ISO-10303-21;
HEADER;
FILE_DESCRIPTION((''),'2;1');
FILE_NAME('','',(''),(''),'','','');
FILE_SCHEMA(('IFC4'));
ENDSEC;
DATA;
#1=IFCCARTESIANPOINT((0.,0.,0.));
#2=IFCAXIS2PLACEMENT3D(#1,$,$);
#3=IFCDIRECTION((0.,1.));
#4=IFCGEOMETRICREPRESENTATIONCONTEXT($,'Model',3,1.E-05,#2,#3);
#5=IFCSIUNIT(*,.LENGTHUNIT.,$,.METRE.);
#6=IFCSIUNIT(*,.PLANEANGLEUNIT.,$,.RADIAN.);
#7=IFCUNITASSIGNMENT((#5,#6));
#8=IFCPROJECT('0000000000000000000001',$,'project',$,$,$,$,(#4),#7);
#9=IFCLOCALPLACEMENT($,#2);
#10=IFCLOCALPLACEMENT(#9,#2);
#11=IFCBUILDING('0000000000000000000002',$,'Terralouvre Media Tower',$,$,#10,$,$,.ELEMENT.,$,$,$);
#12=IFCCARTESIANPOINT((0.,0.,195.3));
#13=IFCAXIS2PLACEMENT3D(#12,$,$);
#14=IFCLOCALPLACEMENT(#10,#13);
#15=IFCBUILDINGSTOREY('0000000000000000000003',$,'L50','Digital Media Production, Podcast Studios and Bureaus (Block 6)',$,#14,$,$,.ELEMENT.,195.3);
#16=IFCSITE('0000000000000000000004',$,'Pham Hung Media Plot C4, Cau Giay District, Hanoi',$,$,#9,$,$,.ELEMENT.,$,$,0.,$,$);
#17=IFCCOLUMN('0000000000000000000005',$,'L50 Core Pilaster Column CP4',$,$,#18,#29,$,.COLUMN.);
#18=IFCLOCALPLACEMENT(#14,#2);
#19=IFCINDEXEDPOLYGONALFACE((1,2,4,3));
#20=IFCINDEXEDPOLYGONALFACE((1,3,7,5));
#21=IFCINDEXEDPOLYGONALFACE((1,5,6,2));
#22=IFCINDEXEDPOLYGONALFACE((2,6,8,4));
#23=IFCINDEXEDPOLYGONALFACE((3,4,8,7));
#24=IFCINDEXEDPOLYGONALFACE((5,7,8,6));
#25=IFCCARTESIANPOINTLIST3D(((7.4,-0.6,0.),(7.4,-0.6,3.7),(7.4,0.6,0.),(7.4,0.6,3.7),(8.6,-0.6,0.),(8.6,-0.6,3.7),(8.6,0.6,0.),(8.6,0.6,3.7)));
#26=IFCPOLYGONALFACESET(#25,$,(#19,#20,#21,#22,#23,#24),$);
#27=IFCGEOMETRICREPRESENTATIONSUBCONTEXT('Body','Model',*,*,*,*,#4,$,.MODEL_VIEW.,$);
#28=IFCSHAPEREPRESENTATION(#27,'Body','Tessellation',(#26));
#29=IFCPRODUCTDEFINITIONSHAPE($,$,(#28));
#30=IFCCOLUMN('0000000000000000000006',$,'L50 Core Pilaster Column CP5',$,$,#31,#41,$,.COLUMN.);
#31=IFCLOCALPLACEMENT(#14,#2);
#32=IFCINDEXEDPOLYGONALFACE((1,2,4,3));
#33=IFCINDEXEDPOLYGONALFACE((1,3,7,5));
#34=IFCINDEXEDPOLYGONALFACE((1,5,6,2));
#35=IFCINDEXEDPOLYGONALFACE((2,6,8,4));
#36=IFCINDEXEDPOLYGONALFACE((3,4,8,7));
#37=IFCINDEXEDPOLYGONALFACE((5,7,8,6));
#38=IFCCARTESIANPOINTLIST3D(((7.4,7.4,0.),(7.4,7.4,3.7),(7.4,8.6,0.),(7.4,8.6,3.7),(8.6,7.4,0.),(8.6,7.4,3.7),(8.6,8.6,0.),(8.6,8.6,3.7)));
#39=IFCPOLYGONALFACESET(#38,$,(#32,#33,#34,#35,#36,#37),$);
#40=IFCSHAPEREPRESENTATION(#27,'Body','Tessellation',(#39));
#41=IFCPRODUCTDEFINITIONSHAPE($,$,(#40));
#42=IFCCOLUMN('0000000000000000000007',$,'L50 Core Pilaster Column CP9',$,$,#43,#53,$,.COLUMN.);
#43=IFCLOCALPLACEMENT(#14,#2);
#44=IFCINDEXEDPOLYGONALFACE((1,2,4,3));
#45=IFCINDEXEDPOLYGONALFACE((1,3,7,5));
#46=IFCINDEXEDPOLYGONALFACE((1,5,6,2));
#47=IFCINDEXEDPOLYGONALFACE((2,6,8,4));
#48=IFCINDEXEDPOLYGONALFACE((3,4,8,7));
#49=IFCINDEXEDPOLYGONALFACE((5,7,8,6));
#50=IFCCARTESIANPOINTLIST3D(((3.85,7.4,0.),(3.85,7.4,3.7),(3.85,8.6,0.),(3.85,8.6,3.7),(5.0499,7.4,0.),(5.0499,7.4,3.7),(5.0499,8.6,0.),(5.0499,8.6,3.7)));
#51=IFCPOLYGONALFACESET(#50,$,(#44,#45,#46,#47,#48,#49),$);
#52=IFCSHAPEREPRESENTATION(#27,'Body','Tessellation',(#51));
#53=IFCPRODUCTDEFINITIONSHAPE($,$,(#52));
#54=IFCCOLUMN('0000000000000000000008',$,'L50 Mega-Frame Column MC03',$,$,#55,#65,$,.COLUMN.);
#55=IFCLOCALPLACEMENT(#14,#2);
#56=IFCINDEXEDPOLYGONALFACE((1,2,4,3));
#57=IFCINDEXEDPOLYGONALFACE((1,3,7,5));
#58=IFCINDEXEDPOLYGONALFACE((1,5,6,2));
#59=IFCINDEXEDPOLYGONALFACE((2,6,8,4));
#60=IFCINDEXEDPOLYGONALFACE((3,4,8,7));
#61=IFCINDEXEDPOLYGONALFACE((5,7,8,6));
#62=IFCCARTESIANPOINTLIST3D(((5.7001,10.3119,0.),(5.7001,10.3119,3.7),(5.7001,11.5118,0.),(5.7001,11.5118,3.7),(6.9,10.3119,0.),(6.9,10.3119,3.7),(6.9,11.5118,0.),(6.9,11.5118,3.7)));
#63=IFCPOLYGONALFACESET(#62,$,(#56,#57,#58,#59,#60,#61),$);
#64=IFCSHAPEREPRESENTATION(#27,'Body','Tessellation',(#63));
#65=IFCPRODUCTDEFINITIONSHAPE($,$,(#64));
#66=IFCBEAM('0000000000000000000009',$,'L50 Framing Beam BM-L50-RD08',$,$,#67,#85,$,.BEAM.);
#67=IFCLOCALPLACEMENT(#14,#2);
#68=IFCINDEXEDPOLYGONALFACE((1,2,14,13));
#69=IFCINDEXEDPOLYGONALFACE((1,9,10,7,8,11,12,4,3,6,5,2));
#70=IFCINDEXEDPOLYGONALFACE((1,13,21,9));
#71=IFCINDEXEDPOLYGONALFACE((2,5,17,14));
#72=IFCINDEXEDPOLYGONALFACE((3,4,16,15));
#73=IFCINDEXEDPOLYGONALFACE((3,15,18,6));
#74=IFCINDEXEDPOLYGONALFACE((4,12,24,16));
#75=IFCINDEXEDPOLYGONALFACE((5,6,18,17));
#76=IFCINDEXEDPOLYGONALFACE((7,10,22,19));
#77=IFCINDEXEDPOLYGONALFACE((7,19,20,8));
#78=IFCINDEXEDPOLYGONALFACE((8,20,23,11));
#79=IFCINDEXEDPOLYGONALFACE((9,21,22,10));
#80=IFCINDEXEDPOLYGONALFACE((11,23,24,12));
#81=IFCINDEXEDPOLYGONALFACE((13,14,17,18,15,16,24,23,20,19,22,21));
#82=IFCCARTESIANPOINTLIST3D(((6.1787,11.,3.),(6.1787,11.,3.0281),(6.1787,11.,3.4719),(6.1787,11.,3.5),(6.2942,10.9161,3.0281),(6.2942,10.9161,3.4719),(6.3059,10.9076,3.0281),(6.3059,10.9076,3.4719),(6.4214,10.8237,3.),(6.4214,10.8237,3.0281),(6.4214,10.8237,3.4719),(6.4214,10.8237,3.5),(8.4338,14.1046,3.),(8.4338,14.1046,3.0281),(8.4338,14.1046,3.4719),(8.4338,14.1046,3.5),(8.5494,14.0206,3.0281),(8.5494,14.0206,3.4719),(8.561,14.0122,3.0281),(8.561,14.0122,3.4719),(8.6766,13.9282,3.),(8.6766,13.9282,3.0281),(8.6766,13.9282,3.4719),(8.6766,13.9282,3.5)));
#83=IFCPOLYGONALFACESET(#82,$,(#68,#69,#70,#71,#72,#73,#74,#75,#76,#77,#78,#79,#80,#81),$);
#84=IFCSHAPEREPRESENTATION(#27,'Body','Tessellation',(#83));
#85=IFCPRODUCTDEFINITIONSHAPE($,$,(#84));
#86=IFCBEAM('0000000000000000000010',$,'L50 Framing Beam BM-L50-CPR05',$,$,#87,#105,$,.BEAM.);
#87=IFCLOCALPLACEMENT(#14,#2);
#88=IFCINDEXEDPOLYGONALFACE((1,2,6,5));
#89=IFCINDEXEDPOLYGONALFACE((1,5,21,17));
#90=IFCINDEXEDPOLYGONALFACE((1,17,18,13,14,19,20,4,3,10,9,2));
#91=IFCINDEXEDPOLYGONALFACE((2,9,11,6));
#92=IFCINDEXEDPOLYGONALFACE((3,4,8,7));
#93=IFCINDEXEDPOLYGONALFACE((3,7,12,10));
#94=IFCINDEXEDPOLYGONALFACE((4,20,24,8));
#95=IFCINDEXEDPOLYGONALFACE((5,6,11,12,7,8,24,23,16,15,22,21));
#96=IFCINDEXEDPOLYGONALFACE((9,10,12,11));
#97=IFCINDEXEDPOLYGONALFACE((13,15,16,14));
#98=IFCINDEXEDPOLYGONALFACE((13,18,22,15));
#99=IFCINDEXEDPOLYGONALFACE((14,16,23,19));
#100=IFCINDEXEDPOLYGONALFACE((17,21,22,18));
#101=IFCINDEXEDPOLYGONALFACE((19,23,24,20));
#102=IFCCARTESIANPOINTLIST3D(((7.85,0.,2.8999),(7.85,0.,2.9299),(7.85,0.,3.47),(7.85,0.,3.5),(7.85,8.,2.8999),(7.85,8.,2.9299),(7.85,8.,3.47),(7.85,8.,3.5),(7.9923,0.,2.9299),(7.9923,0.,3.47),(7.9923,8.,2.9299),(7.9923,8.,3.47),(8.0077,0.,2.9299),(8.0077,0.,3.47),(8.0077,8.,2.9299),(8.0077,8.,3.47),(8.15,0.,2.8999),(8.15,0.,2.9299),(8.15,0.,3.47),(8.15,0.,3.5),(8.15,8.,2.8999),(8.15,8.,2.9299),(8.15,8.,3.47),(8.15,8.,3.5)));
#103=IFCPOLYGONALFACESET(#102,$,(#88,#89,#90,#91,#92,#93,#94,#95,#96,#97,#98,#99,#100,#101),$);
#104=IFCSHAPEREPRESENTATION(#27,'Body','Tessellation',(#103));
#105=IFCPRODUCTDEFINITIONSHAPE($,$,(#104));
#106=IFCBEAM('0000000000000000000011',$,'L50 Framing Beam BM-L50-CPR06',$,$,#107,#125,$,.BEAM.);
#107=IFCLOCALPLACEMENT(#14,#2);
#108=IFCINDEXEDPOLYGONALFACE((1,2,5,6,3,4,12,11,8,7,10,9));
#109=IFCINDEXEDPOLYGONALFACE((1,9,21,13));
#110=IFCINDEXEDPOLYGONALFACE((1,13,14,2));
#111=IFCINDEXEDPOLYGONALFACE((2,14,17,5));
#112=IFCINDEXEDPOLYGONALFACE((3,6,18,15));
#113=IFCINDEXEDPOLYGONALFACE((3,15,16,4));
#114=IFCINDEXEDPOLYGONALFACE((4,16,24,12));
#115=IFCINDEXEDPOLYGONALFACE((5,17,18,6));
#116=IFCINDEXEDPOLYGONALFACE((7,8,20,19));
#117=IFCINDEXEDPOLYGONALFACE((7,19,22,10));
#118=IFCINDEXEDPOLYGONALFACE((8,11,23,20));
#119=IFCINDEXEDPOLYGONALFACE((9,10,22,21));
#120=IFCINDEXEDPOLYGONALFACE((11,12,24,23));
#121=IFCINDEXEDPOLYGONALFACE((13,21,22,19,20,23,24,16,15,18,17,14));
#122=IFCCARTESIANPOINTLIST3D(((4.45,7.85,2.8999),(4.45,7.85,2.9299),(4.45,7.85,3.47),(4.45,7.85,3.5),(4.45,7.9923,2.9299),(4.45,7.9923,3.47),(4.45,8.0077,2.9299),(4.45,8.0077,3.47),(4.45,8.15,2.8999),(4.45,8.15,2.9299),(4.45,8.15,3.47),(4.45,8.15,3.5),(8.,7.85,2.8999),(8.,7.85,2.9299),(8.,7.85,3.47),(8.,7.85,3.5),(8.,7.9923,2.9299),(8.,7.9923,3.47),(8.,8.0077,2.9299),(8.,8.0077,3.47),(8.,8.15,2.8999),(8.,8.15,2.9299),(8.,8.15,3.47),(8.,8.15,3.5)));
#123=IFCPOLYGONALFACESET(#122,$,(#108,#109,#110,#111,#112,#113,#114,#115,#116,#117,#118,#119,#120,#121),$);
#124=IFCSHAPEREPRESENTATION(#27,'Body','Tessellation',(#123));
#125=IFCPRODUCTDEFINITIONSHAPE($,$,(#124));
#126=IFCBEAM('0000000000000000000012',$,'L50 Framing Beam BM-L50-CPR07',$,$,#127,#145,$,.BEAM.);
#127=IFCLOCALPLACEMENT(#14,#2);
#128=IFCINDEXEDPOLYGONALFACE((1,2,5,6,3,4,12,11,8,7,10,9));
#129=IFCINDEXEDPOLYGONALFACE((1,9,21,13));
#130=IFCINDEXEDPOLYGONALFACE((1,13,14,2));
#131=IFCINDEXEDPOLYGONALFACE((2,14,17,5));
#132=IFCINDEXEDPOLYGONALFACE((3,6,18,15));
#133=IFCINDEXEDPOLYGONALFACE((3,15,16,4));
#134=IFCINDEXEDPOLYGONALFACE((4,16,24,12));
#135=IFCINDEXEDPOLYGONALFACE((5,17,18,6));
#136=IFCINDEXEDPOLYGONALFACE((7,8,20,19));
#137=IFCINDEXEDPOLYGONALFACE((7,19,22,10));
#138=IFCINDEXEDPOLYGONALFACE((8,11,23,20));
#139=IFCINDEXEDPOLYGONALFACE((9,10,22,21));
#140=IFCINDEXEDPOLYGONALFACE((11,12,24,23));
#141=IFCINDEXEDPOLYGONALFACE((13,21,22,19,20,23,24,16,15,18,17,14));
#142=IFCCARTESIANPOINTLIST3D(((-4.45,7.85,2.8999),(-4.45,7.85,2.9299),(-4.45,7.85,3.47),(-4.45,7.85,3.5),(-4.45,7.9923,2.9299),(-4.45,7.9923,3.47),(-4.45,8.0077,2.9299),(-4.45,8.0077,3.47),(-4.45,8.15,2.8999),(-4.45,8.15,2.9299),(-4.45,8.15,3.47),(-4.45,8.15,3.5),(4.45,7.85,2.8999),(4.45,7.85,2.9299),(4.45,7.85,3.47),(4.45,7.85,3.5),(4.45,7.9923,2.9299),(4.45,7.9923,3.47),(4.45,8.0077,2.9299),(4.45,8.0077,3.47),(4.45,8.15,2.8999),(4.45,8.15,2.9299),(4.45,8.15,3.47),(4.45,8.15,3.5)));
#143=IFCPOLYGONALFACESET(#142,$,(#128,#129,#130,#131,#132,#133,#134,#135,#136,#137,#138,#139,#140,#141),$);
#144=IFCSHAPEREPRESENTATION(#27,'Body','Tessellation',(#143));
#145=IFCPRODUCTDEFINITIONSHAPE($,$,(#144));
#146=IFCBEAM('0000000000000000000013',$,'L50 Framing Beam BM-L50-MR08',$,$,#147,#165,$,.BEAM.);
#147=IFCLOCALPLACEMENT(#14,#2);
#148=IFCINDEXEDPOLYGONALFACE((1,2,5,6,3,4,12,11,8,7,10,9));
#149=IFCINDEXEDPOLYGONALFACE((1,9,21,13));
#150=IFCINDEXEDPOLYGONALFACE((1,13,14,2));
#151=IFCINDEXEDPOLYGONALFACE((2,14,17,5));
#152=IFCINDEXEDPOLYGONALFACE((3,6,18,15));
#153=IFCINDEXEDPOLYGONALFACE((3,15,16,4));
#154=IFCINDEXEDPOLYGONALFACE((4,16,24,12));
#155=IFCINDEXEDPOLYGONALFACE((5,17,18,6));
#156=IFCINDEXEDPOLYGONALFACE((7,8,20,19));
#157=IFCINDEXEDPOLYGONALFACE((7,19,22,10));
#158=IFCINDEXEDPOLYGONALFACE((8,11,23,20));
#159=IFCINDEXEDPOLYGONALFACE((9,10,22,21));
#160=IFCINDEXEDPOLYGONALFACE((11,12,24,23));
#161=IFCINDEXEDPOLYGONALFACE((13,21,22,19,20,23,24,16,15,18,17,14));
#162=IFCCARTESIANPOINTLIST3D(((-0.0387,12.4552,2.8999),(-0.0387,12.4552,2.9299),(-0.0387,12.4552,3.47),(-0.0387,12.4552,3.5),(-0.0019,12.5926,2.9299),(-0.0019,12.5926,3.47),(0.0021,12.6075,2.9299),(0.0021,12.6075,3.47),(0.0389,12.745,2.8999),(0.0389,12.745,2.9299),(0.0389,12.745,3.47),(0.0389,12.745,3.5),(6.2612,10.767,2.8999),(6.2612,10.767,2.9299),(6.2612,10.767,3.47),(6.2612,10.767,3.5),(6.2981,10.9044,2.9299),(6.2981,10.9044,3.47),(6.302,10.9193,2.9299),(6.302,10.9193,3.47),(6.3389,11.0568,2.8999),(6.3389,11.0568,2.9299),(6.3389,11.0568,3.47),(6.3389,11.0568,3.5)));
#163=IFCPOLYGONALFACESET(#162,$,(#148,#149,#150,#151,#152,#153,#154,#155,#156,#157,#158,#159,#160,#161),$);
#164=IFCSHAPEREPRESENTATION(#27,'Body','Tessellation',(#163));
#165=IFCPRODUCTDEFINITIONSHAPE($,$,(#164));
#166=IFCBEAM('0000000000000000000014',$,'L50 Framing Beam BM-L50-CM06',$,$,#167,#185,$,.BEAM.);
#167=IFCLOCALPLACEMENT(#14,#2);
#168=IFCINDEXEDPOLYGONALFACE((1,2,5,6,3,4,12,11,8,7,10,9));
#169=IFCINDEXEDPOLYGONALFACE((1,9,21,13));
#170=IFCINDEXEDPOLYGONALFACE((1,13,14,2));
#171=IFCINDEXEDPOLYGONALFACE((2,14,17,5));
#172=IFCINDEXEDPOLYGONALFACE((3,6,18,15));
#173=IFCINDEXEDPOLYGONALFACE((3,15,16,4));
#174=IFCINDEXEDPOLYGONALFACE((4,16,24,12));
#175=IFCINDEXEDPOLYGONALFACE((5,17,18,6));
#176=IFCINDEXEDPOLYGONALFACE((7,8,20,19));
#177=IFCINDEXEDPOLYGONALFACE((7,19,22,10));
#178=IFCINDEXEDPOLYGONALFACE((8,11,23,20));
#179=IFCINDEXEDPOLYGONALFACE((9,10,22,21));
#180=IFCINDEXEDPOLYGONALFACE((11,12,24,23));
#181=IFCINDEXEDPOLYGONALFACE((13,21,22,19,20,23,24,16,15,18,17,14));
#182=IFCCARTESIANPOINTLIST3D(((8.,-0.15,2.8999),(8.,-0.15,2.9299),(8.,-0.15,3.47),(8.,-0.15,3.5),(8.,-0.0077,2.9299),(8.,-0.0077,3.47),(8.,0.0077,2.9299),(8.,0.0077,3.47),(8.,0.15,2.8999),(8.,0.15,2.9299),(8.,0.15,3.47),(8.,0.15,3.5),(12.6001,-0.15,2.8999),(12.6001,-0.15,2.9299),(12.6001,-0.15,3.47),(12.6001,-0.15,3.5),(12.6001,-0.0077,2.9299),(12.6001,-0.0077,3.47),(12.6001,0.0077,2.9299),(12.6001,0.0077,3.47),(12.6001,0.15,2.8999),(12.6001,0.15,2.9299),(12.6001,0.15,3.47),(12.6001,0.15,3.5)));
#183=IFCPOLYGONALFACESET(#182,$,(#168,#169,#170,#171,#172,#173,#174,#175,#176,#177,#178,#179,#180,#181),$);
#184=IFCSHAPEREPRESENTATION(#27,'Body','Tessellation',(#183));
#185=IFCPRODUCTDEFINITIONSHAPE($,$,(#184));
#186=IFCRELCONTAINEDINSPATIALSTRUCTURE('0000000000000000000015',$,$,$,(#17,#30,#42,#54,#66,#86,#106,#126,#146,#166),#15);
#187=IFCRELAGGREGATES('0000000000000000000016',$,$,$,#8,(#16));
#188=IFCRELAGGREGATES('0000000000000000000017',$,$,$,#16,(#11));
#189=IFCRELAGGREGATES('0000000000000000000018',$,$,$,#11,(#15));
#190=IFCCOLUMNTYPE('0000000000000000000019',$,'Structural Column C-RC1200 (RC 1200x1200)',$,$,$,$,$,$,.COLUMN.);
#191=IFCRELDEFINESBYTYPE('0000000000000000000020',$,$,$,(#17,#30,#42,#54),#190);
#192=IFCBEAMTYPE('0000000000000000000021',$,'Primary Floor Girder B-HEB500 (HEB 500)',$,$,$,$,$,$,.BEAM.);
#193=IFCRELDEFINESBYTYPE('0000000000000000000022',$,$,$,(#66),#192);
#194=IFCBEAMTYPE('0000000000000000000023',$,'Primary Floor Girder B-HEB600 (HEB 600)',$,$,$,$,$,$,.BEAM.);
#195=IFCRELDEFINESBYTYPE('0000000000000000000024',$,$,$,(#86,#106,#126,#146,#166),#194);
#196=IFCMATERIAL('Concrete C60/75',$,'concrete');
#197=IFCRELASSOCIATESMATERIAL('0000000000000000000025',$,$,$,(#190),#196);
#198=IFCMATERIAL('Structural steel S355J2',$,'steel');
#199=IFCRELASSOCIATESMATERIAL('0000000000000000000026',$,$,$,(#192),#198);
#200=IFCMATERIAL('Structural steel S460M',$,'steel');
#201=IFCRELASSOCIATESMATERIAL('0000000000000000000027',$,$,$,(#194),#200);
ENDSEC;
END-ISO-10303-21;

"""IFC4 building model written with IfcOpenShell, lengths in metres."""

from ifc_helpers import new_model, si_unit, direction, frame, origin, origin_2d, place, context, subcontext, project, spatial, rectangle, i_section, extrude, material, material_profile, profile_set, type_object, element, save


model = new_model("IFC4")

# Units and contexts
model_context = context("Model", 3, precision=1e-05, world=origin(), true_north=direction((0.0, 1.0)))
body_context = subcontext(model_context, "Body", "Model", "MODEL_VIEW")
ifc_project = project(units=[si_unit("LENGTHUNIT", "METRE"), si_unit("PLANEANGLEUNIT", "RADIAN")], contexts=[model_context])

# Site, building, storey
site_placement = place(None, origin())
site = spatial("IfcSite", under=ifc_project, at=site_placement, Name="Pham Hung Media Plot C4, Cau Giay District, Hanoi", CompositionType="ELEMENT", RefElevation=0.0)
building_placement = place(site_placement, origin())
building = spatial("IfcBuilding", under=site, at=building_placement, Name="Terralouvre Media Tower", CompositionType="ELEMENT")
storey_placement = place(building_placement, frame((0.0, 0.0, 195.3)))
storey = spatial("IfcBuildingStorey", under=building, at=storey_placement, Name="L50", Description="Digital Media Production, Podcast Studios and Bureaus (Block 6)", CompositionType="ELEMENT", Elevation=195.3)

# Columns
ifc_material_1 = material(Name="Concrete C60/75", Category="concrete")
ifc_material_profile_1 = material_profile(ifc_material_1, rectangle(XDim=1.2, YDim=1.2, at=origin_2d()), Name="RC 1200x1200")
ifc_profile_set_1 = profile_set([ifc_material_profile_1], Name="Concrete C60/75")
column_type = type_object("IfcColumnType", Name="Structural Column C-RC1200 (RC 1200x1200)", PredefinedType="COLUMN", material=ifc_profile_set_1)
for number, where, z_axis, x_axis, name in (
    (1, (8.0, 0.0, 0.0), (0.0, 0.0, 1.0), (1.0, 0.0, 0.0), "L50 Core Pilaster Column CP4"),
    (2, (8.0, 8.0, 0.0), (0.0, 0.0, 1.0), (1.0, 0.0, 0.0), "L50 Core Pilaster Column CP5"),
    (3, (4.45, 8.0, 0.0), (0.0, 0.0, 1.0), (1.0, 0.0, 0.0), "L50 Core Pilaster Column CP9"),
    (4, (6.3, 10.9119, 0.0), (0.0, 0.0, 1.0), (1.0, 0.0, 0.0), "L50 Mega-Frame Column MC03"),
):
    element("IfcColumn", number, at=place(storey_placement, frame(where, z_axis=z_axis, x_axis=x_axis)), inside=storey, type_object=column_type, Name=name, PredefinedType="COLUMN", context=body_context, shape_type="SweptSolid", body=[
        extrude(rectangle(XDim=1.2, YDim=1.2, at=origin_2d()), origin(), (0.0, 0.0, 1.0), 3.7),
    ])

# Beams
ifc_material_2 = material(Name="Structural steel S355J2", Category="steel")
ifc_material_profile_2 = material_profile(ifc_material_2, i_section(OverallWidth=0.3, OverallDepth=0.5, WebThickness=0.0144, FlangeThickness=0.0281, at=origin_2d()), Name="HEB 500")
ifc_profile_set_2 = profile_set([ifc_material_profile_2], Name="Structural steel S355J2")
beam_type_1 = type_object("IfcBeamType", Name="Primary Floor Girder B-HEB500 (HEB 500)", PredefinedType="BEAM", material=ifc_profile_set_2)
beam_1_placement = place(storey_placement, frame((6.3, 10.9119, 3.25), z_axis=(0.587714, 0.809069, 0.0), x_axis=(-0.809069, 0.587714, 0.0)))
element("IfcBeam", 5, at=beam_1_placement, inside=storey, type_object=beam_type_1, Name="L50 Framing Beam BM-L50-RD08", PredefinedType="BEAM", context=body_context, shape_type="SweptSolid", body=[
    extrude(i_section(OverallWidth=0.3, OverallDepth=0.5, WebThickness=0.0144, FlangeThickness=0.0281, at=origin_2d()), origin(), (0.0, 0.0, 1.0), 3.8372),
])
ifc_material_3 = material(Name="Structural steel S460M", Category="steel")
ifc_material_profile_3 = material_profile(ifc_material_3, i_section(OverallWidth=0.3, OverallDepth=0.6001, WebThickness=0.0154, FlangeThickness=0.03, at=origin_2d()), Name="HEB 600")
ifc_profile_set_3 = profile_set([ifc_material_profile_3], Name="Structural steel S460M")
beam_type_2 = type_object("IfcBeamType", Name="Primary Floor Girder B-HEB600 (HEB 600)", PredefinedType="BEAM", material=ifc_profile_set_3)
beam_2_placement = place(storey_placement, frame((8.0, 0.0, 3.2), z_axis=(0.0, 1.0, 0.0), x_axis=(-1.0, 0.0, 0.0)))
element("IfcBeam", 6, at=beam_2_placement, inside=storey, type_object=beam_type_2, Name="L50 Framing Beam BM-L50-CPR05", PredefinedType="BEAM", context=body_context, shape_type="SweptSolid", body=[
    extrude(i_section(OverallWidth=0.3, OverallDepth=0.6001, WebThickness=0.0154, FlangeThickness=0.03, at=origin_2d()), origin(), (0.0, 0.0, 1.0), 8.0),
])
beam_3_placement = place(storey_placement, frame((8.0, 8.0, 3.2), z_axis=(-1.0, 0.0, 0.0), x_axis=(0.0, -1.0, 0.0)))
element("IfcBeam", 7, at=beam_3_placement, inside=storey, type_object=beam_type_2, Name="L50 Framing Beam BM-L50-CPR06", PredefinedType="BEAM", context=body_context, shape_type="SweptSolid", body=[
    extrude(i_section(OverallWidth=0.3, OverallDepth=0.6001, WebThickness=0.0154, FlangeThickness=0.03, at=origin_2d()), origin(), (0.0, 0.0, 1.0), 3.55),
])
beam_4_placement = place(storey_placement, frame((4.45, 8.0, 3.2), z_axis=(-1.0, 0.0, 0.0), x_axis=(0.0, -1.0, 0.0)))
element("IfcBeam", 8, at=beam_4_placement, inside=storey, type_object=beam_type_2, Name="L50 Framing Beam BM-L50-CPR07", PredefinedType="BEAM", context=body_context, shape_type="SweptSolid", body=[
    extrude(i_section(OverallWidth=0.3, OverallDepth=0.6001, WebThickness=0.0154, FlangeThickness=0.03, at=origin_2d()), origin(), (0.0, 0.0, 1.0), 8.8999),
])
beam_5_placement = place(storey_placement, frame((6.3, 10.9119, 3.2), z_axis=(-0.96592, 0.258839, 0.0), x_axis=(-0.258839, -0.96592, 0.0)))
element("IfcBeam", 9, at=beam_5_placement, inside=storey, type_object=beam_type_2, Name="L50 Framing Beam BM-L50-MR08", PredefinedType="BEAM", context=body_context, shape_type="SweptSolid", body=[
    extrude(i_section(OverallWidth=0.3, OverallDepth=0.6001, WebThickness=0.0154, FlangeThickness=0.03, at=origin_2d()), origin(), (0.0, 0.0, 1.0), 6.5222),
])
beam_6_placement = place(storey_placement, frame((8.0, 0.0, 3.2), z_axis=(1.0, 0.0, 0.0), x_axis=(0.0, 1.0, 0.0)))
element("IfcBeam", 10, at=beam_6_placement, inside=storey, type_object=beam_type_2, Name="L50 Framing Beam BM-L50-CM06", PredefinedType="BEAM", context=body_context, shape_type="SweptSolid", body=[
    extrude(i_section(OverallWidth=0.3, OverallDepth=0.6001, WebThickness=0.0154, FlangeThickness=0.03, at=origin_2d()), origin(), (0.0, 0.0, 1.0), 4.6001),
])

save(model, "model.ifc")
